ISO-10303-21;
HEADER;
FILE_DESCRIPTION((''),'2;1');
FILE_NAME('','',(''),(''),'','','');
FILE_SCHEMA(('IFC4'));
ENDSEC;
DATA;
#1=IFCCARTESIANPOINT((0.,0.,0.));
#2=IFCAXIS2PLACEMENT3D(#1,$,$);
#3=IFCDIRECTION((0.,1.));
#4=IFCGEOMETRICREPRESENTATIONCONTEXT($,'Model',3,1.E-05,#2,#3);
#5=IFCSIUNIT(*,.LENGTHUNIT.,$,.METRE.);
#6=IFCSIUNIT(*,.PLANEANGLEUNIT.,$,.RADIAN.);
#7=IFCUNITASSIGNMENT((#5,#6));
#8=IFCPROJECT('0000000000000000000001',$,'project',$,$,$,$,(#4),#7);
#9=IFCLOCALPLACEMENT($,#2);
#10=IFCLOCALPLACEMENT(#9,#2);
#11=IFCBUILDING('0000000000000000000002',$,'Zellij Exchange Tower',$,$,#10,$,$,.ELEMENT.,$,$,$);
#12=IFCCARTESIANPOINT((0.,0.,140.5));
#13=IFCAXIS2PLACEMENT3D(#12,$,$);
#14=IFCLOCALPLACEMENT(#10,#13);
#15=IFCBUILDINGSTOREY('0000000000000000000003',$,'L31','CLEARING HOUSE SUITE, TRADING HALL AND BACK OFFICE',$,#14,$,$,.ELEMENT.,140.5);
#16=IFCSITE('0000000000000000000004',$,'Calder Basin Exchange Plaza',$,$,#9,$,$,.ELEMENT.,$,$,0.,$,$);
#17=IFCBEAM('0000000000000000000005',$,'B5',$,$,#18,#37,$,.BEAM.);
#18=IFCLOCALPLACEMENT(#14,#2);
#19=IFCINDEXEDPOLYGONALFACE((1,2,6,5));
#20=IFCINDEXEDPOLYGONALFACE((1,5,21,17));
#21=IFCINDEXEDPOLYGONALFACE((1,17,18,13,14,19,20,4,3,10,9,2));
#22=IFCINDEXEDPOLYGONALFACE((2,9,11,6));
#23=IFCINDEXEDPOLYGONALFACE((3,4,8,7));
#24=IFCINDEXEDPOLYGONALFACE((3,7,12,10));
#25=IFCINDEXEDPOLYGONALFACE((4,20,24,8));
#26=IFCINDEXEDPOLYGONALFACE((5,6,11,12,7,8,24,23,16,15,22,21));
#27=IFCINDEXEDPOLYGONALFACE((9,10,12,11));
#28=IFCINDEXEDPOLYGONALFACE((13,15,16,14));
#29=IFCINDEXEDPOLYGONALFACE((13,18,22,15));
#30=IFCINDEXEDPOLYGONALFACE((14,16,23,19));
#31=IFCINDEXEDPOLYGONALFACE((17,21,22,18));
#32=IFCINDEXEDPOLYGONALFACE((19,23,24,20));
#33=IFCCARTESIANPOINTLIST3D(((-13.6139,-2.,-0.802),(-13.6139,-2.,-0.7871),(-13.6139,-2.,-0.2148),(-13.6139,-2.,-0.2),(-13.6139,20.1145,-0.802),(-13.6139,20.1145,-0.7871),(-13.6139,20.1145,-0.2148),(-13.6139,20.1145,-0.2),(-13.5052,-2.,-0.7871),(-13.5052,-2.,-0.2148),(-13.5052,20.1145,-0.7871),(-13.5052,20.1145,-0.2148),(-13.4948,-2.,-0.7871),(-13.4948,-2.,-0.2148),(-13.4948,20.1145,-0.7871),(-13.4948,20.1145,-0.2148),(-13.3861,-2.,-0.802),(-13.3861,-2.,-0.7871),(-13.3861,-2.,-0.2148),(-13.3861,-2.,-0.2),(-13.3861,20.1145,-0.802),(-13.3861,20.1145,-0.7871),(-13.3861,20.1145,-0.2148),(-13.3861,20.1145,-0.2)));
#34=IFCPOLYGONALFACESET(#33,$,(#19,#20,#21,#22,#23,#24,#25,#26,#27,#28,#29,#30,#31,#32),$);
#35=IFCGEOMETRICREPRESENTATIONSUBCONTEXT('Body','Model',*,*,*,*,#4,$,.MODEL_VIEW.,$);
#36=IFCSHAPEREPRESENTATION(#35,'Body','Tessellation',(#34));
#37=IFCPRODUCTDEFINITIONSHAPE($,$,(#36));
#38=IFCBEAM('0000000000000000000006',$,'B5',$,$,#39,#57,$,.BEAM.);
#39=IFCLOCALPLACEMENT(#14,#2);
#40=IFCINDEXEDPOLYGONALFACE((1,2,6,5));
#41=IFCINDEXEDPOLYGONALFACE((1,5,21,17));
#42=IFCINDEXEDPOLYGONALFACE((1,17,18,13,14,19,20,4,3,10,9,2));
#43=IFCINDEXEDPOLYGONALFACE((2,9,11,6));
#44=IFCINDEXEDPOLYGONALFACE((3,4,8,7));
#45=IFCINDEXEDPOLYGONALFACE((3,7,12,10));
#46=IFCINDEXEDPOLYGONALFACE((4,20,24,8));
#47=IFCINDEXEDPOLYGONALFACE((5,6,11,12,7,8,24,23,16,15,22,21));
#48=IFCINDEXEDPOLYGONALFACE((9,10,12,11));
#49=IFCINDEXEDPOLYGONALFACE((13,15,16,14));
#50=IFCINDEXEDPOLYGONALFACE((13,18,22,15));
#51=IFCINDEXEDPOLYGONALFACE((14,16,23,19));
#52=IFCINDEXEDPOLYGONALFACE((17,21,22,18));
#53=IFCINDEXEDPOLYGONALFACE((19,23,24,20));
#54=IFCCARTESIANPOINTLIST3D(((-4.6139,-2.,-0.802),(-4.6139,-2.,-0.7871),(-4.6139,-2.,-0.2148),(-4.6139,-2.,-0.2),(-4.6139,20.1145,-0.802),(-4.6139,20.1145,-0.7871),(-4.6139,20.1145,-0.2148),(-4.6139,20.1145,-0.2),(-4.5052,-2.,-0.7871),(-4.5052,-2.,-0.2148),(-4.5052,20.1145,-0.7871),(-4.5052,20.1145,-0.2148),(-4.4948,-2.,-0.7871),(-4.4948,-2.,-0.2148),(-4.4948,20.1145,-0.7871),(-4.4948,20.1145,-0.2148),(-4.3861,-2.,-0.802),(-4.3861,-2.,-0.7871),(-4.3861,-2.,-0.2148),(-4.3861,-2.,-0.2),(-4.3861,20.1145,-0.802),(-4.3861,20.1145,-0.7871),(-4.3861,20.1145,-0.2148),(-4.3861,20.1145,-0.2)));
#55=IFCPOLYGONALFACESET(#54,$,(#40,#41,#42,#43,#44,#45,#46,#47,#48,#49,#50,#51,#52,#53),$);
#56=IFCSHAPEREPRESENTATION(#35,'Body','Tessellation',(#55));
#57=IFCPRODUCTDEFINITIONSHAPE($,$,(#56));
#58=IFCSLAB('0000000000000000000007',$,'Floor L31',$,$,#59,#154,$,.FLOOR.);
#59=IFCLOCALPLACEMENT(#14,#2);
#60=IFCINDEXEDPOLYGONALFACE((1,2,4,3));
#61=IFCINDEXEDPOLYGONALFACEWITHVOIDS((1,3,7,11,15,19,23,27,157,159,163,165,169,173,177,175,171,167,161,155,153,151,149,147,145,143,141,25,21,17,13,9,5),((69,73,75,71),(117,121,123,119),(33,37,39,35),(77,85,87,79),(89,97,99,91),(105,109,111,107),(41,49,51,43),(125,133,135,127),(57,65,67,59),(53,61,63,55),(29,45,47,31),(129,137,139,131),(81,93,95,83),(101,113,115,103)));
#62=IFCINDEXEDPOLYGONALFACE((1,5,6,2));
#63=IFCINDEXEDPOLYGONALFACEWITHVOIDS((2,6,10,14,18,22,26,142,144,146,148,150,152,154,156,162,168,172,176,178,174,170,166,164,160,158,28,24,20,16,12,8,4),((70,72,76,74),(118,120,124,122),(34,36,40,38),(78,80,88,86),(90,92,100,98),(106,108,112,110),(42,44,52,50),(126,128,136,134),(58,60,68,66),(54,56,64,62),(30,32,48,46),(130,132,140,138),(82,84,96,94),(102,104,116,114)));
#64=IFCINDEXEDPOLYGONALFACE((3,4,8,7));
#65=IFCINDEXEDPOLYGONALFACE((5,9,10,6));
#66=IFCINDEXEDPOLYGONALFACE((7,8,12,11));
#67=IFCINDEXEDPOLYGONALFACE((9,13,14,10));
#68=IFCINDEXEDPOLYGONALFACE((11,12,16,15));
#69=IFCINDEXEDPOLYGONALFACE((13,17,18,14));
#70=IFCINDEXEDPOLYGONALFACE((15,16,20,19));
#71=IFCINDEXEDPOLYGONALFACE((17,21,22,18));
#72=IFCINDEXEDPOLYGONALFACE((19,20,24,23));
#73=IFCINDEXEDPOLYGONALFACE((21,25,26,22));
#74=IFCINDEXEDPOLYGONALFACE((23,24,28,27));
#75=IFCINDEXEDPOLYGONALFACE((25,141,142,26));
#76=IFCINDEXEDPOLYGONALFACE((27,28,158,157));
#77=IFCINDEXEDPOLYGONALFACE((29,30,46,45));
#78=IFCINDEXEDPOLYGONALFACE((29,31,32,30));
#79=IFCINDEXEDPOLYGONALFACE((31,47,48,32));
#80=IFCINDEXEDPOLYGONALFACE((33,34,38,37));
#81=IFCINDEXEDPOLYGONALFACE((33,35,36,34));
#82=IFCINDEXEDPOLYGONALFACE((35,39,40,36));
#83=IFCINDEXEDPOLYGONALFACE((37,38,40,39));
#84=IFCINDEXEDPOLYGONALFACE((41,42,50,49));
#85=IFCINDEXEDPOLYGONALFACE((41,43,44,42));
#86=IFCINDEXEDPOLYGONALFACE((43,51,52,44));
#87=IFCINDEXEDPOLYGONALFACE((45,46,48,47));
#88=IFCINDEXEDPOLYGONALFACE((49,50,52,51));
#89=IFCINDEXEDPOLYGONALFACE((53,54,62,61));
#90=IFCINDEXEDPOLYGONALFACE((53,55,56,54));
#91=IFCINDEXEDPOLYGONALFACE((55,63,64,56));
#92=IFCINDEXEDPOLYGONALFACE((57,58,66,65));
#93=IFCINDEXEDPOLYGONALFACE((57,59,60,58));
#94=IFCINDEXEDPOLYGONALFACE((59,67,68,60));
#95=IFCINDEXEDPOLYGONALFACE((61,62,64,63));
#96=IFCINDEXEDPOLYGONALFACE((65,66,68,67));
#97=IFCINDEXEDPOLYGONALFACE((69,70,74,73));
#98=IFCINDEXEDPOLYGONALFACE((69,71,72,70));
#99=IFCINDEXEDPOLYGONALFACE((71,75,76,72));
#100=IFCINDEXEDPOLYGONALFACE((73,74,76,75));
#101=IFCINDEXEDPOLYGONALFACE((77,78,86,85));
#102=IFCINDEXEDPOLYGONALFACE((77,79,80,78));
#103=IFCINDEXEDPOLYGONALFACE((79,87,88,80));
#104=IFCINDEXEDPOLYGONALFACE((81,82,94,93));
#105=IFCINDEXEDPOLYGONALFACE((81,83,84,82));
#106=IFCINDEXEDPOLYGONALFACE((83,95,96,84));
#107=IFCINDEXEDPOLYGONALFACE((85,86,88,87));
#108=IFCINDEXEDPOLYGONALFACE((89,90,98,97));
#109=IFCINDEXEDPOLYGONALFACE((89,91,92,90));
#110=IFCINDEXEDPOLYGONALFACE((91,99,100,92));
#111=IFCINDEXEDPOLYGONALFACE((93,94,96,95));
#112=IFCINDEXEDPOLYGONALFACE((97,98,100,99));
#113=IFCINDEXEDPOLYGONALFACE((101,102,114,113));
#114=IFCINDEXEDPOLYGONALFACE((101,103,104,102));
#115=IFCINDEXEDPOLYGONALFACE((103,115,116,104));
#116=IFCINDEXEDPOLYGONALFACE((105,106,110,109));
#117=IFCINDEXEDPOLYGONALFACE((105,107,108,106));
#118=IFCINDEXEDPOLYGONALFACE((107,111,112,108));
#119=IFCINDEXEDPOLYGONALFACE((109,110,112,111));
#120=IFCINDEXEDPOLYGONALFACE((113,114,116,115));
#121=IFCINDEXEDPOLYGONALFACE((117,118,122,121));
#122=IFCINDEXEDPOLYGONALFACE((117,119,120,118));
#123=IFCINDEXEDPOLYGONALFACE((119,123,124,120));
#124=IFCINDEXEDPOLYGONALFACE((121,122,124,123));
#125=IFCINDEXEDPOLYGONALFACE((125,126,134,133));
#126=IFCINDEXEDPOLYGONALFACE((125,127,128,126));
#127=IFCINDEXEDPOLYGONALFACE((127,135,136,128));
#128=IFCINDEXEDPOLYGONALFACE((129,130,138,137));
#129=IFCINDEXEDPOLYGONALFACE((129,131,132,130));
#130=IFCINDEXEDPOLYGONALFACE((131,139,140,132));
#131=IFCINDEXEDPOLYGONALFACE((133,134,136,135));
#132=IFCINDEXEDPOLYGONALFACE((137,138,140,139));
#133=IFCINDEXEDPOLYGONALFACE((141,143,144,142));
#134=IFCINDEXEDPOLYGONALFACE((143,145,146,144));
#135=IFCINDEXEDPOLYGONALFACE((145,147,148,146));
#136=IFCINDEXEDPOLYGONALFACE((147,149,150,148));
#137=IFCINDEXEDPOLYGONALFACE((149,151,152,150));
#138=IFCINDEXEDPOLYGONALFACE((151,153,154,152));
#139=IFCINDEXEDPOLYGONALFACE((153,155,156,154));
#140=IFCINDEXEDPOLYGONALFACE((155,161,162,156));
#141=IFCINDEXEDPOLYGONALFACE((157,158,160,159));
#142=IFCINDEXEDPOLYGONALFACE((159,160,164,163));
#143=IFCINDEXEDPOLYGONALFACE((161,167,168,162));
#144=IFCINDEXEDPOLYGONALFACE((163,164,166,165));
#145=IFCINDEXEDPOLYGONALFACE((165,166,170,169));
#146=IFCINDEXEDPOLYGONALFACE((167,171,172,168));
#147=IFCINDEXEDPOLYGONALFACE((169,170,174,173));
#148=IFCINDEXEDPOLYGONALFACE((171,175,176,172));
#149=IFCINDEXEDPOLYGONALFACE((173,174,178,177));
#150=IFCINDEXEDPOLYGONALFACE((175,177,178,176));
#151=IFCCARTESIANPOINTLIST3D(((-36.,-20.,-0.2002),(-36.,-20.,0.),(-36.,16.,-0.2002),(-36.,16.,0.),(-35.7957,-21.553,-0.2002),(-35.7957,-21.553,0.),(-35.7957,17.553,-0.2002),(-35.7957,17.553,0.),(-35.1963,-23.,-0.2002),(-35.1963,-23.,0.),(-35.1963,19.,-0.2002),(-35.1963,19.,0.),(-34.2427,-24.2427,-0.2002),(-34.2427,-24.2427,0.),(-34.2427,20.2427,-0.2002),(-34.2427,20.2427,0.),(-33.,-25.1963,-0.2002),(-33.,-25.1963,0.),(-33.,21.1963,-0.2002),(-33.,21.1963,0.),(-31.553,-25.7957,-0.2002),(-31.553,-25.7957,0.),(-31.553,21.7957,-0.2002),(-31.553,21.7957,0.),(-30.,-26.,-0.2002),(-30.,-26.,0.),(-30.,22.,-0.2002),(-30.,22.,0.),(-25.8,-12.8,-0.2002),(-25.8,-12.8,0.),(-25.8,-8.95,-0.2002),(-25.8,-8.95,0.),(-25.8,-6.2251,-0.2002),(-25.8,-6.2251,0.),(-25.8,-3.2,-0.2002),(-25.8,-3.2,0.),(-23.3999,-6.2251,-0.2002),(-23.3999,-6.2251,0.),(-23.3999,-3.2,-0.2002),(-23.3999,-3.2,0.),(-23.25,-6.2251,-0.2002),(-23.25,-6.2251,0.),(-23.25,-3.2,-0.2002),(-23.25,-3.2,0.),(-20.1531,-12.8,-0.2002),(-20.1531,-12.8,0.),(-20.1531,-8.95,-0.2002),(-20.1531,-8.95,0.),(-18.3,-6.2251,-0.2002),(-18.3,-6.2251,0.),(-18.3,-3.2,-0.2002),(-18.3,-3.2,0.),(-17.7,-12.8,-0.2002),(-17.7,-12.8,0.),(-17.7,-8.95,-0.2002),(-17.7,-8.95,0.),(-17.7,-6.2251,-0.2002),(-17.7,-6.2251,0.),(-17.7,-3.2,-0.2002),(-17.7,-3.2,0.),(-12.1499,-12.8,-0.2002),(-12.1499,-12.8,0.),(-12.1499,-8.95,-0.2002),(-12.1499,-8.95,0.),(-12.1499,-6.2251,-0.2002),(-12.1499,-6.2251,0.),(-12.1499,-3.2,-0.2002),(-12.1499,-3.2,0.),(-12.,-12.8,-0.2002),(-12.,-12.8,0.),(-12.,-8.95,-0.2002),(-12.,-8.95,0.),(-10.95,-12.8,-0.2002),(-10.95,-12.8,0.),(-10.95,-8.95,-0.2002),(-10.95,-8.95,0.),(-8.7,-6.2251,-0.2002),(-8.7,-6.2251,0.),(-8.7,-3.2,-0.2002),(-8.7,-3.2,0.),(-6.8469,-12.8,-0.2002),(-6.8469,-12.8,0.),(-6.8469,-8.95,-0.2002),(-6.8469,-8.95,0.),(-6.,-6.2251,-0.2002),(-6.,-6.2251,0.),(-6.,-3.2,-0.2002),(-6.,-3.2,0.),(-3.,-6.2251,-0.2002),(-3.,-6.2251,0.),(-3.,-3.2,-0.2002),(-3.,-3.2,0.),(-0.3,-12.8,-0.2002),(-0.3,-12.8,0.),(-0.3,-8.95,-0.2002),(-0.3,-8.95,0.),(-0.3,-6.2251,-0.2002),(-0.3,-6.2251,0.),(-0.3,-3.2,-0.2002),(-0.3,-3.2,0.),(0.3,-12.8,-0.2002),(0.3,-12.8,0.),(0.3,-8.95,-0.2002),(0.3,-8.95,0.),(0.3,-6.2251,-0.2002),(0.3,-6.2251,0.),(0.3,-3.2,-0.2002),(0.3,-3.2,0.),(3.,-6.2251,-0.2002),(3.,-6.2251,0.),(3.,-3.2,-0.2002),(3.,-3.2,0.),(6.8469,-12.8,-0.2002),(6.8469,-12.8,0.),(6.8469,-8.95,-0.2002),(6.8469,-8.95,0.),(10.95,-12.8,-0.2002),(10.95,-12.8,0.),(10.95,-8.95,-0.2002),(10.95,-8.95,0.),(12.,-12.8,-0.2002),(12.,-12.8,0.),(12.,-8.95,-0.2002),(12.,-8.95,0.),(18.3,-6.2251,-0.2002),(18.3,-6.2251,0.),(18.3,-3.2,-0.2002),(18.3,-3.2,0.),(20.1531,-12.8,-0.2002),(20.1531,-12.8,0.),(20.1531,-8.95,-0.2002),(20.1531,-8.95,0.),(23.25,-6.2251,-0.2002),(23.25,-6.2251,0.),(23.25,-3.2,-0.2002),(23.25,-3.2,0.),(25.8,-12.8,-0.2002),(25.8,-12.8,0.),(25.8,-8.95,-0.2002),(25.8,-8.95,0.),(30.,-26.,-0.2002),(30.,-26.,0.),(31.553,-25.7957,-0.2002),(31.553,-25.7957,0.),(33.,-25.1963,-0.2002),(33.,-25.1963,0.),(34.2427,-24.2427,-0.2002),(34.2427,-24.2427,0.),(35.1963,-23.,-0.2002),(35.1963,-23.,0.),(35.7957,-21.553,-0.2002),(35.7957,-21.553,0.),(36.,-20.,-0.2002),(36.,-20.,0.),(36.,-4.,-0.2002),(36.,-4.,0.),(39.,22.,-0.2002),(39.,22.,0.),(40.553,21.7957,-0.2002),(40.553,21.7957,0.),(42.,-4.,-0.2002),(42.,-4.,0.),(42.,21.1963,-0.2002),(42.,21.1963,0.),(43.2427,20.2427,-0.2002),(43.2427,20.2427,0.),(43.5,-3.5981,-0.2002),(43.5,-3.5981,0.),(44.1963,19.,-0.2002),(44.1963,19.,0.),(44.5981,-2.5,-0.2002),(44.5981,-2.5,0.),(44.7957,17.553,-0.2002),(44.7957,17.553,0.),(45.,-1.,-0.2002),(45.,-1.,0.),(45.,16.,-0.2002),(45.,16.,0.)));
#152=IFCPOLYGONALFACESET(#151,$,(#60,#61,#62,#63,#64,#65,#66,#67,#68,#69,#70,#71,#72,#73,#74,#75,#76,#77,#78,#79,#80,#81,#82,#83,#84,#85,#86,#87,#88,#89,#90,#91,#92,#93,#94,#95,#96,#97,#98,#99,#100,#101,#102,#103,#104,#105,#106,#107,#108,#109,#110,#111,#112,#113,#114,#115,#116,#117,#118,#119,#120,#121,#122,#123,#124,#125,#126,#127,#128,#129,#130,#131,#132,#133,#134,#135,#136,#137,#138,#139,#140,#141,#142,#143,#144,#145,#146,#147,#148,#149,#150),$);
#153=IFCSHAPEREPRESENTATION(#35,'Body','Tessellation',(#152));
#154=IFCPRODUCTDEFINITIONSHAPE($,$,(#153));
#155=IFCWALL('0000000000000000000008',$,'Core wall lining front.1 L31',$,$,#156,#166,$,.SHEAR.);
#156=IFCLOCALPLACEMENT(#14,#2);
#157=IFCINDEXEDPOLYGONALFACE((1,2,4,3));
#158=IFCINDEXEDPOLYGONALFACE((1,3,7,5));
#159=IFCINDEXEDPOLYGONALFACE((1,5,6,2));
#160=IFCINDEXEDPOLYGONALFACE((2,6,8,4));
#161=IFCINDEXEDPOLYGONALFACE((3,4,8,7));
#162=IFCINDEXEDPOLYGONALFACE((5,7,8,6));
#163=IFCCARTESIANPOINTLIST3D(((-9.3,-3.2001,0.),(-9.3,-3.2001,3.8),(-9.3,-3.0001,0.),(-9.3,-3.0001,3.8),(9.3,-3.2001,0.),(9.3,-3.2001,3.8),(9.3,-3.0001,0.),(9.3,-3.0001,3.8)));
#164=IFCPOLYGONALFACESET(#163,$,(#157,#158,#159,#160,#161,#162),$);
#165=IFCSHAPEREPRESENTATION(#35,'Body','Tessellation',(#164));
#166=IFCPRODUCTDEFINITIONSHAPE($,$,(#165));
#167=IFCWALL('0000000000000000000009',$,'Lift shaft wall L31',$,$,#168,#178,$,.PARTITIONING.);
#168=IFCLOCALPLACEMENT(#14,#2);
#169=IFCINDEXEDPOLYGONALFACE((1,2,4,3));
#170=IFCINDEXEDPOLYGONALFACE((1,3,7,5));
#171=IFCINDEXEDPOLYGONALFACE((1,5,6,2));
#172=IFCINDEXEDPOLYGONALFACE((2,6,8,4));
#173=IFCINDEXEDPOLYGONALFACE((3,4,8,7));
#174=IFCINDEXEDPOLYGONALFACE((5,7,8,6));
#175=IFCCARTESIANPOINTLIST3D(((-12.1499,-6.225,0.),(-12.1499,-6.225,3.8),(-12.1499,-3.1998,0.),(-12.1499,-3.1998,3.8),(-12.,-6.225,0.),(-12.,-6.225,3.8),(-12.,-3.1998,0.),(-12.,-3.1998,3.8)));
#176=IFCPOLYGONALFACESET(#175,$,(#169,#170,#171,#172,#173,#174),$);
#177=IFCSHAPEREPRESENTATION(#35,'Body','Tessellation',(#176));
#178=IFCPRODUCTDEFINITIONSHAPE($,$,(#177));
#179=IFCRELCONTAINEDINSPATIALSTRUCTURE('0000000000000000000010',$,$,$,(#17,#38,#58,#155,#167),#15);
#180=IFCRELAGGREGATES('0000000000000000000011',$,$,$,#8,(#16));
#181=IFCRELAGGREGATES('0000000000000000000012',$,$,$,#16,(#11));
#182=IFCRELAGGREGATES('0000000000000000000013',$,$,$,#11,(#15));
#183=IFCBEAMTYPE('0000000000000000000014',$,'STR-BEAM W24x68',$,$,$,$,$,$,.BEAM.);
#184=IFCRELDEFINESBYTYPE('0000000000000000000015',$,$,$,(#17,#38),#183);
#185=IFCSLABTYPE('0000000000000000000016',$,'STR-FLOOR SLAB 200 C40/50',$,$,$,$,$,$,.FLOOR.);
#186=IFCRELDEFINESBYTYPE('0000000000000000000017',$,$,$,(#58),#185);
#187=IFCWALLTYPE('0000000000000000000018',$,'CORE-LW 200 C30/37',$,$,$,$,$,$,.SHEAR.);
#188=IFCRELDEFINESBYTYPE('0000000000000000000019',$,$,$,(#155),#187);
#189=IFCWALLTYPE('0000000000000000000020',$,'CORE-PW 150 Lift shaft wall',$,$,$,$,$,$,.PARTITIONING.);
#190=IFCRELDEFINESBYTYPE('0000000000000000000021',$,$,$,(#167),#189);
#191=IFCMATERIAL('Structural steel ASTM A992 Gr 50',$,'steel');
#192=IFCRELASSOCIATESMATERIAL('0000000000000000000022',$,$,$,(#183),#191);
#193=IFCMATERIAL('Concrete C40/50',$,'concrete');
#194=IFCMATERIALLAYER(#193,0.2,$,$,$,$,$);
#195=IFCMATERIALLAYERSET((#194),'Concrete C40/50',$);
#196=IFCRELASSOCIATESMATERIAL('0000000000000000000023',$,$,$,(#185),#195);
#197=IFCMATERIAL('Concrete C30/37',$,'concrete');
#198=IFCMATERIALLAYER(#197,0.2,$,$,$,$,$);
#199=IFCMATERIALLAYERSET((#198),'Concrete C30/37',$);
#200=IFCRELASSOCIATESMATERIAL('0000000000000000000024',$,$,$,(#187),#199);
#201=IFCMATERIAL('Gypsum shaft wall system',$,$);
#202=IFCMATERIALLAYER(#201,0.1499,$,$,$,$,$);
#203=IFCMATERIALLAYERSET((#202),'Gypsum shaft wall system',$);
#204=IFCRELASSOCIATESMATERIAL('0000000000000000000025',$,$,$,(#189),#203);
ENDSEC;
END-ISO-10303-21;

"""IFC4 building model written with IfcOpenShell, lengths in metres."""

from ifc_helpers import new_model, si_unit, direction, frame, frame_2d, origin, origin_2d, place, context, subcontext, project, spatial, polyline, rectangle, i_section, outline, extrude, material, layer, layer_set, material_profile, profile_set, type_object, element, save


model = new_model("IFC4")

# Units and contexts
model_context = context("Model", 3, precision=1e-05, world=origin(), true_north=direction((0.0, 1.0)))
body_context = subcontext(model_context, "Body", "Model", "MODEL_VIEW")
ifc_project = project(units=[si_unit("LENGTHUNIT", "METRE"), si_unit("PLANEANGLEUNIT", "RADIAN")], contexts=[model_context])

# Site, building, storey
site_placement = place(None, origin())
site = spatial("IfcSite", under=ifc_project, at=site_placement, Name="Calder Basin Exchange Plaza", CompositionType="ELEMENT", RefElevation=0.0)
building_placement = place(site_placement, origin())
building = spatial("IfcBuilding", under=site, at=building_placement, Name="Zellij Exchange Tower", CompositionType="ELEMENT")
storey_placement = place(building_placement, frame((0.0, 0.0, 140.5)))
storey = spatial("IfcBuildingStorey", under=building, at=storey_placement, Name="L31", Description="CLEARING HOUSE SUITE, TRADING HALL AND BACK OFFICE", CompositionType="ELEMENT", Elevation=140.5)

# Beams
ifc_material_1 = material(Name="Structural steel ASTM A992 Gr 50", Category="steel")
ifc_material_profile = material_profile(ifc_material_1, i_section(OverallWidth=0.2278, OverallDepth=0.6021, WebThickness=0.0105, FlangeThickness=0.0149, at=origin_2d()), Name="W24x68")
ifc_profile_set = profile_set([ifc_material_profile], Name="Structural steel ASTM A992 Gr 50")
beam_type = type_object("IfcBeamType", Name="STR-BEAM W24x68", PredefinedType="BEAM", material=ifc_profile_set)
for number, where, z_axis, x_axis, name in (
    (1, (-13.5, -2.0, -0.501), (0.0, 1.0, 0.0), (-1.0, 0.0, 0.0), "B5"),
    (2, (-4.5, -2.0, -0.501), (0.0, 1.0, 0.0), (-1.0, 0.0, 0.0), "B5"),
):
    element("IfcBeam", number, at=place(storey_placement, frame(where, z_axis=z_axis, x_axis=x_axis)), inside=storey, type_object=beam_type, Name=name, PredefinedType="BEAM", context=body_context, shape_type="SweptSolid", body=[
        extrude(i_section(OverallWidth=0.2278, OverallDepth=0.6021, WebThickness=0.0105, FlangeThickness=0.0149, at=origin_2d()), origin(), (0.0, 0.0, 1.0), 22.1145),
    ])

# Slab
ifc_material_2 = material(Name="Concrete C40/50", Category="concrete")
ifc_layer_1 = layer(ifc_material_2, 0.2)
ifc_layer_set_1 = layer_set([ifc_layer_1], Name="Concrete C40/50")
slab_type = type_object("IfcSlabType", Name="STR-FLOOR SLAB 200 C40/50", PredefinedType="FLOOR", material=ifc_layer_set_1)
slab_placement = place(storey_placement, frame((0.0, 0.0, -0.2002)))
element("IfcSlab", 3, at=slab_placement, inside=storey, type_object=slab_type, Name="Floor L31", PredefinedType="FLOOR", context=body_context, shape_type="SweptSolid", body=[
    extrude(outline(polyline([(35.7957, -21.553), (35.1963, -23.0), (34.2427, -24.2427), (33.0, -25.1963), (31.553, -25.7957), (30.0, -26.0), (-30.0, -26.0), (-31.553, -25.7957), (-33.0, -25.1963), (-34.2427, -24.2427), (-35.1963, -23.0), (-35.7957, -21.553), (-36.0, -20.0), (-36.0, 16.0), (-35.7957, 17.553), (-35.1963, 19.0), (-34.2427, 20.2427), (-33.0, 21.1963), (-31.553, 21.7957), (-30.0, 22.0), (39.0, 22.0), (40.553, 21.7957), (42.0, 21.1963), (43.2427, 20.2427), (44.1963, 19.0), (44.7957, 17.553), (45.0, 16.0), (45.0, -1.0), (44.5981, -2.5), (43.5, -3.5981), (42.0, -4.0), (36.0, -4.0), (36.0, -20.0), (35.7957, -21.553)]), holes=[polyline([(-25.8, -8.95), (-25.8, -12.8), (-20.1531, -12.8), (-20.1531, -8.95), (-25.8, -8.95)]), polyline([(-12.1499, -8.95), (-17.7, -8.95), (-17.7, -12.8), (-12.1499, -12.8), (-12.1499, -8.95)]), polyline([(-10.95, -8.95), (-12.0, -8.95), (-12.0, -12.8), (-10.95, -12.8), (-10.95, -8.95)]), polyline([(-23.3999, -3.2), (-25.8, -3.2), (-25.8, -6.2251), (-23.3999, -6.2251), (-23.3999, -3.2)]), polyline([(-18.3, -3.2), (-23.25, -3.2), (-23.25, -6.2251), (-18.3, -6.2251), (-18.3, -3.2)]), polyline([(-12.1499, -3.2), (-17.7, -3.2), (-17.7, -6.2251), (-12.1499, -6.2251), (-12.1499, -3.2)]), polyline([(-6.0, -3.2), (-8.7, -3.2), (-8.7, -6.2251), (-6.0, -6.2251), (-6.0, -3.2)]), polyline([(-6.8469, -8.95), (-6.8469, -12.8), (-0.3, -12.8), (-0.3, -8.95), (-6.8469, -8.95)]), polyline([(6.8469, -8.95), (0.3, -8.95), (0.3, -12.8), (6.8469, -12.8), (6.8469, -8.95)]), polyline([(12.0, -8.95), (10.95, -8.95), (10.95, -12.8), (12.0, -12.8), (12.0, -8.95)]), polyline([(25.8, -8.95), (20.1531, -8.95), (20.1531, -12.8), (25.8, -12.8), (25.8, -8.95)]), polyline([(-0.3, -3.2), (-3.0, -3.2), (-3.0, -6.2251), (-0.3, -6.2251), (-0.3, -3.2)]), polyline([(3.0, -3.2), (0.3, -3.2), (0.3, -6.2251), (3.0, -6.2251), (3.0, -3.2)]), polyline([(23.25, -3.2), (18.3, -3.2), (18.3, -6.2251), (23.25, -6.2251), (23.25, -3.2)])]), origin(), (0.0, 0.0, 1.0), 0.2002),
])

# Walls
ifc_material_3 = material(Name="Concrete C30/37", Category="concrete")
ifc_layer_2 = layer(ifc_material_3, 0.2)
ifc_layer_set_2 = layer_set([ifc_layer_2], Name="Concrete C30/37")
wall_type_1 = type_object("IfcWallType", Name="CORE-LW 200 C30/37", PredefinedType="SHEAR", material=ifc_layer_set_2)
wall_1_placement = place(storey_placement, frame((-9.3, -3.1001, 0.0), z_axis=(0.0, 0.0, 1.0), x_axis=(1.0, 0.0, 0.0)))
element("IfcWall", 4, at=wall_1_placement, inside=storey, type_object=wall_type_1, Name="Core wall lining front.1 L31", PredefinedType="SHEAR", context=body_context, shape_type="SweptSolid", body=[
    extrude(rectangle(XDim=18.6001, YDim=0.2, at=frame_2d((9.3, 0.0))), origin(), (0.0, 0.0, 1.0), 3.8),
])
ifc_material_4 = material(Name="Gypsum shaft wall system")
ifc_layer_3 = layer(ifc_material_4, 0.1499)
ifc_layer_set_3 = layer_set([ifc_layer_3], Name="Gypsum shaft wall system")
wall_type_2 = type_object("IfcWallType", Name="CORE-PW 150 Lift shaft wall", PredefinedType="PARTITIONING", material=ifc_layer_set_3)
for number, where, z_axis, x_axis, name in (
    (5, (-12.075, -6.2251, 0.0), (0.0, 0.0, 1.0), (0.0, 1.0, 0.0), "Lift shaft wall L31"),
):
    element("IfcWall", number, at=place(storey_placement, frame(where, z_axis=z_axis, x_axis=x_axis)), inside=storey, type_object=wall_type_2, Name=name, PredefinedType="PARTITIONING", context=body_context, shape_type="SweptSolid", body=[
        extrude(rectangle(XDim=3.0251, YDim=0.1499, at=frame_2d((1.5127, 0.0))), origin(), (0.0, 0.0, 1.0), 3.8),
    ])

save(model, "model.ifc")
